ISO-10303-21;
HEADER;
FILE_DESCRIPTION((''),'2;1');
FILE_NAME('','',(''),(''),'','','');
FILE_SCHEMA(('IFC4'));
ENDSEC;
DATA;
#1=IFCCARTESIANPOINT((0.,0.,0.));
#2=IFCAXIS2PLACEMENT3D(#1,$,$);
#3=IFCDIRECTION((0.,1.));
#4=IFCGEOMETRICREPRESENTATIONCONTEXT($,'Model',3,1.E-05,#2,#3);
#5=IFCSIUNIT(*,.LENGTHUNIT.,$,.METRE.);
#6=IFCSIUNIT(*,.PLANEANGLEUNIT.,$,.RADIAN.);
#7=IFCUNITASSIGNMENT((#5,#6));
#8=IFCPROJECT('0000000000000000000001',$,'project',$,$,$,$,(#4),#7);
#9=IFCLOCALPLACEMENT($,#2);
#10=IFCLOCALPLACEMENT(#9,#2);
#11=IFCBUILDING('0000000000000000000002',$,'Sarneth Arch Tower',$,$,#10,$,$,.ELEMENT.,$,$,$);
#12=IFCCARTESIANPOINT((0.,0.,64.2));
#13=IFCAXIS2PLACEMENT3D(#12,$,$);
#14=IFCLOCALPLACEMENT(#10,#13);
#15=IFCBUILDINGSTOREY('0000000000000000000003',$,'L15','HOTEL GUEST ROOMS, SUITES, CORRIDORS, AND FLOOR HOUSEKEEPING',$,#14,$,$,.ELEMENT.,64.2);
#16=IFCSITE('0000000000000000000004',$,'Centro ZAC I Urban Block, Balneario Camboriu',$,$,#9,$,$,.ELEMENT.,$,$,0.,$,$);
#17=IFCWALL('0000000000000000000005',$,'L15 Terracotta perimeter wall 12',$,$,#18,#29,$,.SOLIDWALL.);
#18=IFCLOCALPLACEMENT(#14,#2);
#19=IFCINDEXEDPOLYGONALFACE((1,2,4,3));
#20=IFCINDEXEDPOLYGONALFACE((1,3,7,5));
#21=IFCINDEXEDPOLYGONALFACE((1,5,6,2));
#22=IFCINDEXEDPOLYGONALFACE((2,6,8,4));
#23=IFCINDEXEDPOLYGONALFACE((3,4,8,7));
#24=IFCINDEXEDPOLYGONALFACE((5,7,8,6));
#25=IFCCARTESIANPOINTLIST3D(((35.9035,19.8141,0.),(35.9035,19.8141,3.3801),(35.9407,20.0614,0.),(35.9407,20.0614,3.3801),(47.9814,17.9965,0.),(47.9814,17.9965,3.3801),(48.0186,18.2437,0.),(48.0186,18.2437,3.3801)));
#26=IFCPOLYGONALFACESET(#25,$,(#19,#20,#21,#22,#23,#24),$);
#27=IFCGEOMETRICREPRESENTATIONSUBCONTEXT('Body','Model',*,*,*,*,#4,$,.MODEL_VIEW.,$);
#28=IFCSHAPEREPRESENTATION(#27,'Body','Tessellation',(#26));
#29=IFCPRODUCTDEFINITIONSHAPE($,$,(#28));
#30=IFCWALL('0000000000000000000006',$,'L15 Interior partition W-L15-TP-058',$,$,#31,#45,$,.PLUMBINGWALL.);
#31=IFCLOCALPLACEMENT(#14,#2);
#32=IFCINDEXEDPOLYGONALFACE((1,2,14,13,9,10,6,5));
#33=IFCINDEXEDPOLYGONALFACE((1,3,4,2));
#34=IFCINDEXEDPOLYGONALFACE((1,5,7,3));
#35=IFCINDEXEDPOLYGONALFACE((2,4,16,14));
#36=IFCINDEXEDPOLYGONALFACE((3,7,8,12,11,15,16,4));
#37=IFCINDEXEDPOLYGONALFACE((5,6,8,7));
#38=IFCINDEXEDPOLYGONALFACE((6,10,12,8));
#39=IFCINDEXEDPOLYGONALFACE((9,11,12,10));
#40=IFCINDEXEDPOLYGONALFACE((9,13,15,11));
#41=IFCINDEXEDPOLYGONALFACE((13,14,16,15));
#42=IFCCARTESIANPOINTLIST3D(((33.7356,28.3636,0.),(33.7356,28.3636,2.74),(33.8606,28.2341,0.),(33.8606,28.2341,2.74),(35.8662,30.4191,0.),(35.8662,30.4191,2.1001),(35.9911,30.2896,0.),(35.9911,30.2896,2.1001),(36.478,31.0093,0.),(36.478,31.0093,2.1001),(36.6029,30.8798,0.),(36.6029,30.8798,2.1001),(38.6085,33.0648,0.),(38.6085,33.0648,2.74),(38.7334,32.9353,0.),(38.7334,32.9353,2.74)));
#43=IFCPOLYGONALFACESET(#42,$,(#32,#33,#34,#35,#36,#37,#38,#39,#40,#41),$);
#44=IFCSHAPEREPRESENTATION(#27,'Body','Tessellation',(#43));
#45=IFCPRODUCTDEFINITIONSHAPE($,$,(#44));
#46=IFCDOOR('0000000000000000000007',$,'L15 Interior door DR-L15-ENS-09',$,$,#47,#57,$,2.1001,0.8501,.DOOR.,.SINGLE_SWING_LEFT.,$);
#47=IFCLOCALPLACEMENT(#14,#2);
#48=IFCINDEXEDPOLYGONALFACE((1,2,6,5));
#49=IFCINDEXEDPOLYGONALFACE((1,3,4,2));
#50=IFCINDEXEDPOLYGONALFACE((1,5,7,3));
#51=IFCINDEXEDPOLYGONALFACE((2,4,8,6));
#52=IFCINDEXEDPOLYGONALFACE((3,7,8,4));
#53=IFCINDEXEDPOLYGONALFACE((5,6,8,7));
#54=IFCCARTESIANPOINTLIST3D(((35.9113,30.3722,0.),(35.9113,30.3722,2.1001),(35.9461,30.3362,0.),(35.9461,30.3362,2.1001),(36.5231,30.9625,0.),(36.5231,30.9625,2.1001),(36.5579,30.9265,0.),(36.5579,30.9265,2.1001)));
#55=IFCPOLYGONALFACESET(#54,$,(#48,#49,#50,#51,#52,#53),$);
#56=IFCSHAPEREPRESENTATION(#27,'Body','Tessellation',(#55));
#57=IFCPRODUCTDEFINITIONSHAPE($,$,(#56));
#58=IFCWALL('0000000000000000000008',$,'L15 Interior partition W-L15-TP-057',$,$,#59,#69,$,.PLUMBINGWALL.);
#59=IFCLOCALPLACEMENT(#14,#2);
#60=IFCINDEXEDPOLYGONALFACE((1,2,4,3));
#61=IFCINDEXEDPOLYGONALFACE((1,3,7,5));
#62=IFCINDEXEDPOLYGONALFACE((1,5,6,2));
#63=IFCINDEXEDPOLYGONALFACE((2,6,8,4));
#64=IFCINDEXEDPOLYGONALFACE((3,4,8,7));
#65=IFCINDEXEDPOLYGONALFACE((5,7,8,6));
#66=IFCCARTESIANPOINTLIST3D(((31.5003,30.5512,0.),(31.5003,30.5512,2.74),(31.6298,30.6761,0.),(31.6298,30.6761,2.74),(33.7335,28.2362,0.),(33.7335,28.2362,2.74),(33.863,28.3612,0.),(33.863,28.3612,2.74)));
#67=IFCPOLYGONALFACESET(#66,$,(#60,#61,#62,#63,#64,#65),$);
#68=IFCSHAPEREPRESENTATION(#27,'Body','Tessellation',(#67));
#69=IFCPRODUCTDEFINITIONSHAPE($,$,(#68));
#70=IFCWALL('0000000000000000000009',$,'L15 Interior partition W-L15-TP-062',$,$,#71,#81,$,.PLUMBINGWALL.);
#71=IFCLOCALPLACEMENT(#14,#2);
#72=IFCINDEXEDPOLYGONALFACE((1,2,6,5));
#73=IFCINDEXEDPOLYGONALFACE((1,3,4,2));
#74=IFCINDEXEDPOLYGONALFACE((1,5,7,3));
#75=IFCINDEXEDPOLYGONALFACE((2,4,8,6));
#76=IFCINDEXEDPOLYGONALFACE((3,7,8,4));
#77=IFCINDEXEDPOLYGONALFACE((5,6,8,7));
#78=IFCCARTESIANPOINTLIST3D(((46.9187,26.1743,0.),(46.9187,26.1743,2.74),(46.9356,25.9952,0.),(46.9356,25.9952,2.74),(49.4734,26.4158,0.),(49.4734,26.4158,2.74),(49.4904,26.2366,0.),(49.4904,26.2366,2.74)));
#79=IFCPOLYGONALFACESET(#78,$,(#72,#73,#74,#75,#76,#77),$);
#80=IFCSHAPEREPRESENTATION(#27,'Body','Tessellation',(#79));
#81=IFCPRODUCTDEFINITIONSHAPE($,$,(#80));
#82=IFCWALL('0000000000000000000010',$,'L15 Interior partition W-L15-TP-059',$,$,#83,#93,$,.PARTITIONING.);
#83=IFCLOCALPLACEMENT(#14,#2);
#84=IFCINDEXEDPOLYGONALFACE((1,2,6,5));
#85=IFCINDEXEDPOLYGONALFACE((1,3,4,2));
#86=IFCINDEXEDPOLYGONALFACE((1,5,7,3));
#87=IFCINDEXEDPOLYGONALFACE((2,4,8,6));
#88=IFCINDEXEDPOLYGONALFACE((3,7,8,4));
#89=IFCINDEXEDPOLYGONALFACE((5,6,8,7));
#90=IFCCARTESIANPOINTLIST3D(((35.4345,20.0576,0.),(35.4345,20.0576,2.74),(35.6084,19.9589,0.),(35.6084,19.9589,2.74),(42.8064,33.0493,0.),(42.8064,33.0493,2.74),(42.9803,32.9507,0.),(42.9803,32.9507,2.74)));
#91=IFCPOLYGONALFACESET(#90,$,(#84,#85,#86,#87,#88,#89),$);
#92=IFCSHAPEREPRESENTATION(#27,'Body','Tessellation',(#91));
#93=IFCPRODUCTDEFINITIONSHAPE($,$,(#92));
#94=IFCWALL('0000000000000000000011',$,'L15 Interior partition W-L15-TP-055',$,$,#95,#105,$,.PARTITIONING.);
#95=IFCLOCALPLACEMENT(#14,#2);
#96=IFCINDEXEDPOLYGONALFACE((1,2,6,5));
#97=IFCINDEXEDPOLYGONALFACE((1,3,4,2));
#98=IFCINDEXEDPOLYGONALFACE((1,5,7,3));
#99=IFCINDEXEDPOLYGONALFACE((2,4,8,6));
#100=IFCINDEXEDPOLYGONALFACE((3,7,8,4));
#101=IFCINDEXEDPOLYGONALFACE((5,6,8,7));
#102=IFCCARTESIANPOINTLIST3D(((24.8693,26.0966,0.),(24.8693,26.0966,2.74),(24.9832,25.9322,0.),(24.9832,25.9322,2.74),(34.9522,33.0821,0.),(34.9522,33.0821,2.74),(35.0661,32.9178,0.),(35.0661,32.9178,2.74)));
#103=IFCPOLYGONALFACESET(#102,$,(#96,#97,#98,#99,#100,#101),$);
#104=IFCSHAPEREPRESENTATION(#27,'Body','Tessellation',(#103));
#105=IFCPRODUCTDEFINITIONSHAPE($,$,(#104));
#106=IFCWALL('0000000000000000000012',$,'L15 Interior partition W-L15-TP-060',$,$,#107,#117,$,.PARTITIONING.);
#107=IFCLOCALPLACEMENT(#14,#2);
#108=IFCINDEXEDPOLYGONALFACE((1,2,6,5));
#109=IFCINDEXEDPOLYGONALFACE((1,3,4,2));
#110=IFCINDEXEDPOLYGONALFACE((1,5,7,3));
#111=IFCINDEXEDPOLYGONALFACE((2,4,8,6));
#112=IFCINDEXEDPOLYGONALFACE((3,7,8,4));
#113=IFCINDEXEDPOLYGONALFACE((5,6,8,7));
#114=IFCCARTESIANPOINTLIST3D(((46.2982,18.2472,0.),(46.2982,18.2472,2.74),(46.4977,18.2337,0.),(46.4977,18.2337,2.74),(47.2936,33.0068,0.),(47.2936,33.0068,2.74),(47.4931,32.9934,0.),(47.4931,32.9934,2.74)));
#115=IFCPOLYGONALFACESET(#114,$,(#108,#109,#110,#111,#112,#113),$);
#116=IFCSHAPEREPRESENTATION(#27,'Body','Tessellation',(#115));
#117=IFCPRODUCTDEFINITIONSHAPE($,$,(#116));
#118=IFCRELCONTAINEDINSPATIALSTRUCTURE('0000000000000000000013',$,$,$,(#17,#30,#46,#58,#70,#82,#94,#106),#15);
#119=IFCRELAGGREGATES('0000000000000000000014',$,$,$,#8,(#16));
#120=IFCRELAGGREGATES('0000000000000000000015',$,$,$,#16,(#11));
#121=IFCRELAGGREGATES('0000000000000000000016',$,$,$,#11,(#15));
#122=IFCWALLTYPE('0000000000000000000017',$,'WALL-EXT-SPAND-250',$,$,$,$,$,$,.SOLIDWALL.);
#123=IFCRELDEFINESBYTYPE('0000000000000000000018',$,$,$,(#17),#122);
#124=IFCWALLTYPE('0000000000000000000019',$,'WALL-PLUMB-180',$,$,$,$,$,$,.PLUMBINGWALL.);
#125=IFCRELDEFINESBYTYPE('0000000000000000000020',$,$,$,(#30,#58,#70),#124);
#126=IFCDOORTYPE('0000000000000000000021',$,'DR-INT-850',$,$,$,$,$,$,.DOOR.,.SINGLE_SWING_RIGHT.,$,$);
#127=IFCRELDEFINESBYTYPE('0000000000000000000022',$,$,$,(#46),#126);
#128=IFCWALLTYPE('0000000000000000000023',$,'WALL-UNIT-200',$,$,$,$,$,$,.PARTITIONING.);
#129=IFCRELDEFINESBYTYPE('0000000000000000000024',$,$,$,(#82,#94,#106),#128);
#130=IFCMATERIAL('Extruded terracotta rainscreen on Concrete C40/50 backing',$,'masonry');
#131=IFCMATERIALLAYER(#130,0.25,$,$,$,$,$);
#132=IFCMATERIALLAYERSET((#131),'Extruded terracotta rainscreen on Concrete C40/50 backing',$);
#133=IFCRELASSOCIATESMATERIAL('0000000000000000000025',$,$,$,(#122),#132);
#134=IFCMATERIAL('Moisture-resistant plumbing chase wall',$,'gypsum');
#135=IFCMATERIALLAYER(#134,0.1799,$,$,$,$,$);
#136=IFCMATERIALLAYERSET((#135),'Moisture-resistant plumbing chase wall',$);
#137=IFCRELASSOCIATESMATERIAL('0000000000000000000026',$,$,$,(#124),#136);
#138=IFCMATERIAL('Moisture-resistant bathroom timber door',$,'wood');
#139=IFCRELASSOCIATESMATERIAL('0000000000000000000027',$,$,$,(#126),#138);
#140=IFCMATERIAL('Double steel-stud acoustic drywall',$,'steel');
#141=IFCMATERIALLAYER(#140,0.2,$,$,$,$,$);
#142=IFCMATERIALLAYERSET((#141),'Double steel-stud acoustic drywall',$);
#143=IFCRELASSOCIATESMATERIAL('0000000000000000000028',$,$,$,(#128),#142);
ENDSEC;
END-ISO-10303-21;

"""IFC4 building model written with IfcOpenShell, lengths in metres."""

from ifc_helpers import new_model, si_unit, direction, frame, frame_2d, origin, place, context, subcontext, project, spatial, rectangle, extrude, material, layer, layer_set, type_object, element, fill, save


model = new_model("IFC4")

# Units and contexts
model_context = context("Model", 3, precision=1e-05, world=origin(), true_north=direction((0.0, 1.0)))
body_context = subcontext(model_context, "Body", "Model", "MODEL_VIEW")
ifc_project = project(units=[si_unit("LENGTHUNIT", "METRE"), si_unit("PLANEANGLEUNIT", "RADIAN")], contexts=[model_context])

# Site, building, storey
site_placement = place(None, origin())
site = spatial("IfcSite", under=ifc_project, at=site_placement, Name="Centro ZAC I Urban Block, Balneario Camboriu", CompositionType="ELEMENT", RefElevation=0.0)
building_placement = place(site_placement, origin())
building = spatial("IfcBuilding", under=site, at=building_placement, Name="Sarneth Arch Tower", CompositionType="ELEMENT")
storey_placement = place(building_placement, frame((0.0, 0.0, 64.2)))
storey = spatial("IfcBuildingStorey", under=building, at=storey_placement, Name="L15", Description="HOTEL GUEST ROOMS, SUITES, CORRIDORS, AND FLOOR HOUSEKEEPING", CompositionType="ELEMENT", Elevation=64.2)

# Wall
ifc_material_1 = material(Name="Extruded terracotta rainscreen on Concrete C40/50 backing", Category="masonry")
ifc_layer_1 = layer(ifc_material_1, 0.25)
ifc_layer_set_1 = layer_set([ifc_layer_1], Name="Extruded terracotta rainscreen on Concrete C40/50 backing")
wall_type_1 = type_object("IfcWallType", Name="WALL-EXT-SPAND-250", PredefinedType="SOLIDWALL", material=ifc_layer_set_1)
wall_1_placement = place(storey_placement, frame((35.9221, 19.9377, 0.0), z_axis=(0.0, 0.0, 1.0), x_axis=(0.988865, -0.148816, 0.0)))
element("IfcWall", 1, at=wall_1_placement, inside=storey, type_object=wall_type_1, Name="L15 Terracotta perimeter wall 12", PredefinedType="SOLIDWALL", context=body_context, shape_type="SweptSolid", body=[
    extrude(rectangle(XDim=12.2139, YDim=0.25, at=frame_2d((6.1069, 0.0))), origin(), (0.0, 0.0, 1.0), 3.3801),
])

# Wall, opening, door
ifc_material_2 = material(Name="Moisture-resistant plumbing chase wall", Category="gypsum")
ifc_layer_2 = layer(ifc_material_2, 0.1799)
ifc_layer_set_2 = layer_set([ifc_layer_2], Name="Moisture-resistant plumbing chase wall")
wall_type_2 = type_object("IfcWallType", Name="WALL-PLUMB-180", PredefinedType="PLUMBINGWALL", material=ifc_layer_set_2)
wall_2_placement = place(storey_placement, frame((33.7981, 28.2988, 0.0), z_axis=(0.0, 0.0, 1.0), x_axis=(0.719667, 0.694319, 0.0)))
wall_2 = element("IfcWall", 2, at=wall_2_placement, inside=storey, type_object=wall_type_2, Name="L15 Interior partition W-L15-TP-058", PredefinedType="PLUMBINGWALL", context=body_context, shape_type="SweptSolid", body=[
    extrude(rectangle(XDim=6.771, YDim=0.1799, at=frame_2d((3.3855, 0.0))), origin(), (0.0, 0.0, 1.0), 2.74),
])
opening_1_placement = place(wall_2_placement, frame((2.9604, 0.0, 0.0)))
opening_1 = element("IfcOpeningElement", 3, at=opening_1_placement, cuts=wall_2, PredefinedType="OPENING", context=body_context, shape_type="SweptSolid", body=[
    extrude(rectangle(XDim=0.8501, YDim=2.1001, at=frame_2d((0.425, 1.05))), frame((0.0, 0.0999, 0.0), z_axis=(0.0, -1.0, 0.0), x_axis=(1.0, 0.0, 0.0)), (0.0, 0.0, 1.0), 0.2),
])
ifc_material_3 = material(Name="Moisture-resistant bathroom timber door", Category="wood")
door_type_1 = type_object("IfcDoorType", Name="DR-INT-850", OperationType="SINGLE_SWING_RIGHT", PredefinedType="DOOR", material=ifc_material_3)
door_1_placement = place(opening_1_placement, origin())
door_1 = element("IfcDoor", 4, at=door_1_placement, inside=storey, type_object=door_type_1, Name="L15 Interior door DR-L15-ENS-09", OperationType="SINGLE_SWING_LEFT", OverallHeight=2.1001, OverallWidth=0.8501, PredefinedType="DOOR", context=body_context, shape_type="SweptSolid", body=[
    extrude(rectangle(XDim=0.8501, YDim=2.1001, at=frame_2d((0.425, 1.05))), frame((0.0, 0.0249, 0.0), z_axis=(0.0, -1.0, 0.0), x_axis=(1.0, 0.0, 0.0)), (0.0, 0.0, 1.0), 0.05),
])
fill(opening_1, door_1)

# Walls
wall_3_placement = place(storey_placement, frame((31.5649, 30.6138, 0.0), z_axis=(0.0, 0.0, 1.0), x_axis=(0.694279, -0.719706, 0.0)))
element("IfcWall", 5, at=wall_3_placement, inside=storey, type_object=wall_type_2, Name="L15 Interior partition W-L15-TP-057", PredefinedType="PLUMBINGWALL", context=body_context, shape_type="SweptSolid", body=[
    extrude(rectangle(XDim=3.2166, YDim=0.1799, at=frame_2d((1.6084, 0.0))), origin(), (0.0, 0.0, 1.0), 2.74),
])
wall_4_placement = place(storey_placement, frame((46.927, 26.0847, 0.0), z_axis=(0.0, 0.0, 1.0), x_axis=(0.995563, 0.094095, 0.0)))
element("IfcWall", 6, at=wall_4_placement, inside=storey, type_object=wall_type_2, Name="L15 Interior partition W-L15-TP-062", PredefinedType="PLUMBINGWALL", context=body_context, shape_type="SweptSolid", body=[
    extrude(rectangle(XDim=2.5662, YDim=0.1799, at=frame_2d((1.2832, 0.0))), origin(), (0.0, 0.0, 1.0), 2.74),
])
ifc_material_4 = material(Name="Double steel-stud acoustic drywall", Category="steel")
ifc_layer_3 = layer(ifc_material_4, 0.2)
ifc_layer_set_3 = layer_set([ifc_layer_3], Name="Double steel-stud acoustic drywall")
wall_type_3 = type_object("IfcWallType", Name="WALL-UNIT-200", PredefinedType="PARTITIONING", material=ifc_layer_set_3)
wall_5_placement = place(storey_placement, frame((42.8933, 33.0, 0.0), z_axis=(0.0, 0.0, 1.0), x_axis=(-0.493512, -0.869739, 0.0)))
element("IfcWall", 7, at=wall_5_placement, inside=storey, type_object=wall_type_3, Name="L15 Interior partition W-L15-TP-059", PredefinedType="PARTITIONING", context=body_context, shape_type="SweptSolid", body=[
    extrude(rectangle(XDim=14.9375, YDim=0.2, at=frame_2d((7.4688, 0.0))), origin(), (0.0, 0.0, 1.0), 2.74),
])
wall_6_placement = place(storey_placement, frame((35.0093, 33.0, 0.0), z_axis=(0.0, 0.0, 1.0), x_axis=(-0.821999, -0.569488, 0.0)))
element("IfcWall", 8, at=wall_6_placement, inside=storey, type_object=wall_type_3, Name="L15 Interior partition W-L15-TP-055", PredefinedType="PARTITIONING", context=body_context, shape_type="SweptSolid", body=[
    extrude(rectangle(XDim=12.2664, YDim=0.2, at=frame_2d((6.1333, 0.0))), origin(), (0.0, 0.0, 1.0), 2.74),
])
wall_7_placement = place(storey_placement, frame((47.3933, 33.0, 0.0), z_axis=(0.0, 0.0, 1.0), x_axis=(-0.067285, -0.997734, 0.0)))
element("IfcWall", 9, at=wall_7_placement, inside=storey, type_object=wall_type_3, Name="L15 Interior partition W-L15-TP-060", PredefinedType="PARTITIONING", context=body_context, shape_type="SweptSolid", body=[
    extrude(rectangle(XDim=14.7932, YDim=0.2, at=frame_2d((7.3965, 0.0))), origin(), (0.0, 0.0, 1.0), 2.74),
])

save(model, "model.ifc")
